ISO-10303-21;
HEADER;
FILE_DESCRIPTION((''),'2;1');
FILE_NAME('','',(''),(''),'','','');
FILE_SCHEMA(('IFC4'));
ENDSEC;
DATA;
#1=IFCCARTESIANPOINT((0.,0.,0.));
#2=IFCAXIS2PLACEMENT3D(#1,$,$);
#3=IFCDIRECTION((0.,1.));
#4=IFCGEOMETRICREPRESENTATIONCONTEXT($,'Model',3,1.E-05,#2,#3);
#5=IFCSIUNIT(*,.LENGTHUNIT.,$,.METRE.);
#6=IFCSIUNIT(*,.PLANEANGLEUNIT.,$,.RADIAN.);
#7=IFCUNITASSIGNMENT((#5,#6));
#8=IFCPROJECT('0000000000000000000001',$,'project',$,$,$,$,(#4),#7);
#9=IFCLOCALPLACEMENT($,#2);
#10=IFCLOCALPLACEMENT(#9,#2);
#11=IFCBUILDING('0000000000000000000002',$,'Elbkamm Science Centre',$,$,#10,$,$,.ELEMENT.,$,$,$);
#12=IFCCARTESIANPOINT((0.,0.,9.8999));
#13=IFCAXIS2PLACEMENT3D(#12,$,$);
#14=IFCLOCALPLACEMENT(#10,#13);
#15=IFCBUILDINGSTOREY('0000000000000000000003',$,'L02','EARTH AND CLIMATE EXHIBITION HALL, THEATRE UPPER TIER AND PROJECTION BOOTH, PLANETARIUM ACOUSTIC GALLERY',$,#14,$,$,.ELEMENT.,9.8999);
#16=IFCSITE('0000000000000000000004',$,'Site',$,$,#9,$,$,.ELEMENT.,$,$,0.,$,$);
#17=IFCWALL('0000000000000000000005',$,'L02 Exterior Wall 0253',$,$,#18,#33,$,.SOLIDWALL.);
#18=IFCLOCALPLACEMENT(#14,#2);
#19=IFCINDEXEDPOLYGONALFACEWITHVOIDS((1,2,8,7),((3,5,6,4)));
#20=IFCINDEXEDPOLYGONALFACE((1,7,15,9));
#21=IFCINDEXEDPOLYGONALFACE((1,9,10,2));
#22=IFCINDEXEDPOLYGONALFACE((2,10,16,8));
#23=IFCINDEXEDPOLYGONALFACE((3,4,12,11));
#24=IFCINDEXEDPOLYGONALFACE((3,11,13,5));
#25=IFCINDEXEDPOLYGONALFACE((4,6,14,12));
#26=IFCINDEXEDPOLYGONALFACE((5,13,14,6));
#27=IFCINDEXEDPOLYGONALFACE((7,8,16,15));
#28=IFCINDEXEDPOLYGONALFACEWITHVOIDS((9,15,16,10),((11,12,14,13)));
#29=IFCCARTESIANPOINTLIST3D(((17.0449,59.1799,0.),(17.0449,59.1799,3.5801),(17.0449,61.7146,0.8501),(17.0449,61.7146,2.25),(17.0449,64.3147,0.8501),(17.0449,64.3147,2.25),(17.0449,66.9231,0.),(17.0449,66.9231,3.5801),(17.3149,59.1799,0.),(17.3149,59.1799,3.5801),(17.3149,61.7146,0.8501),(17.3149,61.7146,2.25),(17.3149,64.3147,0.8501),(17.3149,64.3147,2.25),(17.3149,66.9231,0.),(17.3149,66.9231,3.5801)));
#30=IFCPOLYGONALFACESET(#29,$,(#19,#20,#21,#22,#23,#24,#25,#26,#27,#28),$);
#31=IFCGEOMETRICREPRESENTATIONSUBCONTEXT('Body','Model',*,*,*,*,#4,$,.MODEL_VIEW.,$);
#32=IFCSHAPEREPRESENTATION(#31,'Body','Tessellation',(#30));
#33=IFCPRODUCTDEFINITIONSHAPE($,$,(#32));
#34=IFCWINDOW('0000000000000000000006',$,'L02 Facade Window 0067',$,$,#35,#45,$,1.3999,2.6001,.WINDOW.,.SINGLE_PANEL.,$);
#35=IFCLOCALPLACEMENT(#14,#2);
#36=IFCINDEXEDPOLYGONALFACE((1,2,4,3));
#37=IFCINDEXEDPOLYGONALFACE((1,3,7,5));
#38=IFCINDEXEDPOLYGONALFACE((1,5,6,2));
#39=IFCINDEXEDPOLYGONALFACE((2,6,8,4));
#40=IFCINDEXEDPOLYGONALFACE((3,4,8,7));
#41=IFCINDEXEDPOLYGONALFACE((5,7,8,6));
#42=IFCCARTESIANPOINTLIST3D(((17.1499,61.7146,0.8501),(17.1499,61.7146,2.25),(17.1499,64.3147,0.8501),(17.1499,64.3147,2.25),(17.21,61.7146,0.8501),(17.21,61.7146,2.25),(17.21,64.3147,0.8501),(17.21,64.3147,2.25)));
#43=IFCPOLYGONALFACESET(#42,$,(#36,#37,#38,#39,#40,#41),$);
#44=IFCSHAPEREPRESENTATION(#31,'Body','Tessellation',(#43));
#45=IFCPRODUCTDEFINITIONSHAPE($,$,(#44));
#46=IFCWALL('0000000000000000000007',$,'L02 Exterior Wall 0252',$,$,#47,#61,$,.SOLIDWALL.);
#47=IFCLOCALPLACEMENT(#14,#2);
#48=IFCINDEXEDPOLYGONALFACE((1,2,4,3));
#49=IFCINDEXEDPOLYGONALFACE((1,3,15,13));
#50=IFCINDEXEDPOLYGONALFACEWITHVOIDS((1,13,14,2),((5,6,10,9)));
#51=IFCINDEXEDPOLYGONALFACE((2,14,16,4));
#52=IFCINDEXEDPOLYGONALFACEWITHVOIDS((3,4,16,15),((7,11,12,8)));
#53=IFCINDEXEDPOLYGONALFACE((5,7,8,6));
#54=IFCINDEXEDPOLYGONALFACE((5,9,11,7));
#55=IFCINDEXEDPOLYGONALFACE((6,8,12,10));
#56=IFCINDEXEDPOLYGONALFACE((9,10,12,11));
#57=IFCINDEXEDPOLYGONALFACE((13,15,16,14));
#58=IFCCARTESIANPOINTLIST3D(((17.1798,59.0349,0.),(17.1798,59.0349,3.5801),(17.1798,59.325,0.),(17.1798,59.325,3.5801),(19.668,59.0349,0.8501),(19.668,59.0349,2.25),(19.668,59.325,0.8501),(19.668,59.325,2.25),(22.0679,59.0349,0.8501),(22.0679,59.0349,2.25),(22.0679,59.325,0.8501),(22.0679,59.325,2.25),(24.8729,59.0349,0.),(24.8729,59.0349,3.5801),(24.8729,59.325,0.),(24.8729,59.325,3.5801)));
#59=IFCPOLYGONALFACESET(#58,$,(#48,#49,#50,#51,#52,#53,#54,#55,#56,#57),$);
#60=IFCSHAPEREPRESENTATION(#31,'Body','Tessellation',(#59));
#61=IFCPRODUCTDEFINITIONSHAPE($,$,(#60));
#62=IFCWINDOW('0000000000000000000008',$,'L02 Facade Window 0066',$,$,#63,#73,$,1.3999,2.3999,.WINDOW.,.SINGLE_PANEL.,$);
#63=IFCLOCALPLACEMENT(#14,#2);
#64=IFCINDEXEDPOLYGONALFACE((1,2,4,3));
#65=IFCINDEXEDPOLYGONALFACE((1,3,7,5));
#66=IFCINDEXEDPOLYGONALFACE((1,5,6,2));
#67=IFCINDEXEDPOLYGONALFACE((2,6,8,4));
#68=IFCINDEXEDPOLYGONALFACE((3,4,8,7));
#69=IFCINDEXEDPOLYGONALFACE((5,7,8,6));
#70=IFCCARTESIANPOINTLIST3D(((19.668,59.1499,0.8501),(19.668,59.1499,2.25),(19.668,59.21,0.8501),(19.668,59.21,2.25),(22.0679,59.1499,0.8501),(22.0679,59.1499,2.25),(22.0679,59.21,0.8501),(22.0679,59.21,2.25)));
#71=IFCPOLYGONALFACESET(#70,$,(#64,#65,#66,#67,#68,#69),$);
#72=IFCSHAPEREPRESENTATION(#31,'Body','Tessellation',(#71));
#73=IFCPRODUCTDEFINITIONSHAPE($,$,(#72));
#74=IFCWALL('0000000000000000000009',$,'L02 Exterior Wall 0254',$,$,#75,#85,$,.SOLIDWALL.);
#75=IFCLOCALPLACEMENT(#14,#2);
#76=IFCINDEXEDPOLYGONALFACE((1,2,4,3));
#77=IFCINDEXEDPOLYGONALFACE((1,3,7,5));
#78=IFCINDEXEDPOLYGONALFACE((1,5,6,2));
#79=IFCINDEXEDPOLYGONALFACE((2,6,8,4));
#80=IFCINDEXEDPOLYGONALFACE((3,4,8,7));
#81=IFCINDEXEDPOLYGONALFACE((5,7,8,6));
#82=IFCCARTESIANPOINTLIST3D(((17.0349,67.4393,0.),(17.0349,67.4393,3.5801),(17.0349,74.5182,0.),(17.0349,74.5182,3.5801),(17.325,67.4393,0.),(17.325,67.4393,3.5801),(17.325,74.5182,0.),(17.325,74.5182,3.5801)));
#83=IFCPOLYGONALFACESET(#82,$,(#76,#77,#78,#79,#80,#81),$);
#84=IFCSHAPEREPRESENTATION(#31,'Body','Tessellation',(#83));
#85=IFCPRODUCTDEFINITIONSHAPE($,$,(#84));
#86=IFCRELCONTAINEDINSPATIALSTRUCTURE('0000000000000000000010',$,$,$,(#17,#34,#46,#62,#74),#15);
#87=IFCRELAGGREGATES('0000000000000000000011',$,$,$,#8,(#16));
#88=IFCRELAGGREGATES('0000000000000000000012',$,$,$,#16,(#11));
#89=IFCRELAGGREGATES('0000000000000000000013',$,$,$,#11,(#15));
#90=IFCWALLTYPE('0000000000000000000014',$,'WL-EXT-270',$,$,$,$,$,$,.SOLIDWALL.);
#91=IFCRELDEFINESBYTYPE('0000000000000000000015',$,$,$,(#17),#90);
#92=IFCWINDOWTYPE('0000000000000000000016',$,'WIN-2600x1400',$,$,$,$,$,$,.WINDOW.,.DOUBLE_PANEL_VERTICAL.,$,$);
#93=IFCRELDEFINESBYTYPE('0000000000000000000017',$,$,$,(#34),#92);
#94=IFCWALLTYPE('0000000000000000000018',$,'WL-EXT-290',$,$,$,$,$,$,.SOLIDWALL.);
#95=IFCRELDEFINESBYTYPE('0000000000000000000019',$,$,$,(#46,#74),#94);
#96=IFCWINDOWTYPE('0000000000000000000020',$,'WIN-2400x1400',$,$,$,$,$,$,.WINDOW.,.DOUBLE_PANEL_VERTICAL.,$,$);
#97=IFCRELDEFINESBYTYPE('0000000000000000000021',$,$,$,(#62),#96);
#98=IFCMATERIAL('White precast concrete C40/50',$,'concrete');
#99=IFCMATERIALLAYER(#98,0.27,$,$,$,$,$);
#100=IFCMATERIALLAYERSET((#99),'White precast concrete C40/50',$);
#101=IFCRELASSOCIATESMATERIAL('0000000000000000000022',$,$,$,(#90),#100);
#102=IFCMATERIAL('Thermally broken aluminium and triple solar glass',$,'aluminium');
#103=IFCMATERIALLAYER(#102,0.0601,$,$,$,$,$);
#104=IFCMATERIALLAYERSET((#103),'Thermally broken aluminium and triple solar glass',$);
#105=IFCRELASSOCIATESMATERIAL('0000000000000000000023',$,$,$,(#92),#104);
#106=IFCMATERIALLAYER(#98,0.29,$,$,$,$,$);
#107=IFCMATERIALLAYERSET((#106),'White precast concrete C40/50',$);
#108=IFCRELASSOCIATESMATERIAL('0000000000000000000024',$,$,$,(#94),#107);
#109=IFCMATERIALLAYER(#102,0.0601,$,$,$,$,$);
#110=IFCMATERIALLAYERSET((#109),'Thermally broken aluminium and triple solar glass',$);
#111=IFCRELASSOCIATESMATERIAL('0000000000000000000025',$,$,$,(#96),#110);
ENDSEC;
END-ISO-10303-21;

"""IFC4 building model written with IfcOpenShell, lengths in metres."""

from ifc_helpers import new_model, si_unit, direction, frame, frame_2d, origin, place, context, subcontext, project, spatial, rectangle, extrude, material, layer, layer_set, type_object, element, fill, save


model = new_model("IFC4")

# Units and contexts
model_context = context("Model", 3, precision=1e-05, world=origin(), true_north=direction((0.0, 1.0)))
body_context = subcontext(model_context, "Body", "Model", "MODEL_VIEW")
ifc_project = project(units=[si_unit("LENGTHUNIT", "METRE"), si_unit("PLANEANGLEUNIT", "RADIAN")], contexts=[model_context])

# Site, building, storey
site_placement = place(None, origin())
site = spatial("IfcSite", under=ifc_project, at=site_placement, Name="Site", CompositionType="ELEMENT", RefElevation=0.0)
building_placement = place(site_placement, origin())
building = spatial("IfcBuilding", under=site, at=building_placement, Name="Elbkamm Science Centre", CompositionType="ELEMENT")
storey_placement = place(building_placement, frame((0.0, 0.0, 9.8999)))
storey = spatial("IfcBuildingStorey", under=building, at=storey_placement, Name="L02", Description="EARTH AND CLIMATE EXHIBITION HALL, THEATRE UPPER TIER AND PROJECTION BOOTH, PLANETARIUM ACOUSTIC GALLERY", CompositionType="ELEMENT", Elevation=9.8999)

# Walls, openings, windows
ifc_material_1 = material(Name="White precast concrete C40/50", Category="concrete")
ifc_layer_1 = layer(ifc_material_1, 0.27)
ifc_layer_set_1 = layer_set([ifc_layer_1], Name="White precast concrete C40/50")
wall_type_1 = type_object("IfcWallType", Name="WL-EXT-270", PredefinedType="SOLIDWALL", material=ifc_layer_set_1)
wall_1_placement = place(storey_placement, frame((17.1799, 59.1799, 0.0), z_axis=(0.0, 0.0, 1.0), x_axis=(0.0, 1.0, 0.0)))
wall_1 = element("IfcWall", 1, at=wall_1_placement, inside=storey, type_object=wall_type_1, Name="L02 Exterior Wall 0253", PredefinedType="SOLIDWALL", context=body_context, shape_type="SweptSolid", body=[
    extrude(rectangle(XDim=7.7432, YDim=0.27, at=frame_2d((3.8716, 0.0))), origin(), (0.0, 0.0, 1.0), 3.5801),
])
opening_1_placement = place(wall_1_placement, frame((2.5347, 0.0, 0.8501)))
opening_1 = element("IfcOpeningElement", 2, at=opening_1_placement, cuts=wall_1, PredefinedType="OPENING", context=body_context, shape_type="SweptSolid", body=[
    extrude(rectangle(XDim=2.6001, YDim=1.3999, at=frame_2d((1.3, 0.7))), frame((0.0, 0.147, 0.0), z_axis=(0.0, -1.0, 0.0), x_axis=(1.0, 0.0, 0.0)), (0.0, 0.0, 1.0), 0.2939),
])
ifc_material_2 = material(Name="Thermally broken aluminium and triple solar glass", Category="aluminium")
ifc_layer_2 = layer(ifc_material_2, 0.0601)
ifc_layer_set_2 = layer_set([ifc_layer_2], Name="Thermally broken aluminium and triple solar glass")
window_type_1 = type_object("IfcWindowType", Name="WIN-2600x1400", PartitioningType="DOUBLE_PANEL_VERTICAL", PredefinedType="WINDOW", material=ifc_layer_set_2)
window_1_placement = place(opening_1_placement, origin())
window_1 = element("IfcWindow", 3, at=window_1_placement, inside=storey, type_object=window_type_1, Name="L02 Facade Window 0067", OverallHeight=1.3999, OverallWidth=2.6001, PartitioningType="SINGLE_PANEL", PredefinedType="WINDOW", context=body_context, shape_type="SweptSolid", body=[
    extrude(rectangle(XDim=2.6001, YDim=1.3999, at=frame_2d((1.3, 0.7))), frame((0.0, 0.03, 0.0), z_axis=(0.0, -1.0, 0.0), x_axis=(1.0, 0.0, 0.0)), (0.0, 0.0, 1.0), 0.0601),
])
fill(opening_1, window_1)
ifc_layer_3 = layer(ifc_material_1, 0.29)
ifc_layer_set_3 = layer_set([ifc_layer_3], Name="White precast concrete C40/50")
wall_type_2 = type_object("IfcWallType", Name="WL-EXT-290", PredefinedType="SOLIDWALL", material=ifc_layer_set_3)
wall_2_placement = place(storey_placement, frame((24.873, 59.1799, 0.0), z_axis=(0.0, 0.0, 1.0), x_axis=(-1.0, 0.0, 0.0)))
wall_2 = element("IfcWall", 4, at=wall_2_placement, inside=storey, type_object=wall_type_2, Name="L02 Exterior Wall 0252", PredefinedType="SOLIDWALL", context=body_context, shape_type="SweptSolid", body=[
    extrude(rectangle(XDim=7.6931, YDim=0.29, at=frame_2d((3.8467, 0.0))), origin(), (0.0, 0.0, 1.0), 3.5801),
])
opening_2_placement = place(wall_2_placement, frame((2.8052, 0.0, 0.8501)))
opening_2 = element("IfcOpeningElement", 5, at=opening_2_placement, cuts=wall_2, PredefinedType="OPENING", context=body_context, shape_type="SweptSolid", body=[
    extrude(rectangle(XDim=2.3999, YDim=1.3999, at=frame_2d((1.2, 0.7))), frame((0.0, 0.157, 0.0), z_axis=(0.0, -1.0, 0.0), x_axis=(1.0, 0.0, 0.0)), (0.0, 0.0, 1.0), 0.314),
])
ifc_layer_4 = layer(ifc_material_2, 0.0601)
ifc_layer_set_4 = layer_set([ifc_layer_4], Name="Thermally broken aluminium and triple solar glass")
window_type_2 = type_object("IfcWindowType", Name="WIN-2400x1400", PartitioningType="DOUBLE_PANEL_VERTICAL", PredefinedType="WINDOW", material=ifc_layer_set_4)
window_2_placement = place(opening_2_placement, origin())
window_2 = element("IfcWindow", 6, at=window_2_placement, inside=storey, type_object=window_type_2, Name="L02 Facade Window 0066", OverallHeight=1.3999, OverallWidth=2.3999, PartitioningType="SINGLE_PANEL", PredefinedType="WINDOW", context=body_context, shape_type="SweptSolid", body=[
    extrude(rectangle(XDim=2.3999, YDim=1.3999, at=frame_2d((1.2, 0.7))), frame((0.0, 0.03, 0.0), z_axis=(0.0, -1.0, 0.0), x_axis=(1.0, 0.0, 0.0)), (0.0, 0.0, 1.0), 0.0601),
])
fill(opening_2, window_2)

# Wall
wall_3_placement = place(storey_placement, frame((17.1799, 67.4392, 0.0), z_axis=(0.0, 0.0, 1.0), x_axis=(0.0, 1.0, 0.0)))
element("IfcWall", 7, at=wall_3_placement, inside=storey, type_object=wall_type_2, Name="L02 Exterior Wall 0254", PredefinedType="SOLIDWALL", context=body_context, shape_type="SweptSolid", body=[
    extrude(rectangle(XDim=7.0789, YDim=0.29, at=frame_2d((3.5396, 0.0))), origin(), (0.0, 0.0, 1.0), 3.5801),
])

save(model, "model.ifc")
